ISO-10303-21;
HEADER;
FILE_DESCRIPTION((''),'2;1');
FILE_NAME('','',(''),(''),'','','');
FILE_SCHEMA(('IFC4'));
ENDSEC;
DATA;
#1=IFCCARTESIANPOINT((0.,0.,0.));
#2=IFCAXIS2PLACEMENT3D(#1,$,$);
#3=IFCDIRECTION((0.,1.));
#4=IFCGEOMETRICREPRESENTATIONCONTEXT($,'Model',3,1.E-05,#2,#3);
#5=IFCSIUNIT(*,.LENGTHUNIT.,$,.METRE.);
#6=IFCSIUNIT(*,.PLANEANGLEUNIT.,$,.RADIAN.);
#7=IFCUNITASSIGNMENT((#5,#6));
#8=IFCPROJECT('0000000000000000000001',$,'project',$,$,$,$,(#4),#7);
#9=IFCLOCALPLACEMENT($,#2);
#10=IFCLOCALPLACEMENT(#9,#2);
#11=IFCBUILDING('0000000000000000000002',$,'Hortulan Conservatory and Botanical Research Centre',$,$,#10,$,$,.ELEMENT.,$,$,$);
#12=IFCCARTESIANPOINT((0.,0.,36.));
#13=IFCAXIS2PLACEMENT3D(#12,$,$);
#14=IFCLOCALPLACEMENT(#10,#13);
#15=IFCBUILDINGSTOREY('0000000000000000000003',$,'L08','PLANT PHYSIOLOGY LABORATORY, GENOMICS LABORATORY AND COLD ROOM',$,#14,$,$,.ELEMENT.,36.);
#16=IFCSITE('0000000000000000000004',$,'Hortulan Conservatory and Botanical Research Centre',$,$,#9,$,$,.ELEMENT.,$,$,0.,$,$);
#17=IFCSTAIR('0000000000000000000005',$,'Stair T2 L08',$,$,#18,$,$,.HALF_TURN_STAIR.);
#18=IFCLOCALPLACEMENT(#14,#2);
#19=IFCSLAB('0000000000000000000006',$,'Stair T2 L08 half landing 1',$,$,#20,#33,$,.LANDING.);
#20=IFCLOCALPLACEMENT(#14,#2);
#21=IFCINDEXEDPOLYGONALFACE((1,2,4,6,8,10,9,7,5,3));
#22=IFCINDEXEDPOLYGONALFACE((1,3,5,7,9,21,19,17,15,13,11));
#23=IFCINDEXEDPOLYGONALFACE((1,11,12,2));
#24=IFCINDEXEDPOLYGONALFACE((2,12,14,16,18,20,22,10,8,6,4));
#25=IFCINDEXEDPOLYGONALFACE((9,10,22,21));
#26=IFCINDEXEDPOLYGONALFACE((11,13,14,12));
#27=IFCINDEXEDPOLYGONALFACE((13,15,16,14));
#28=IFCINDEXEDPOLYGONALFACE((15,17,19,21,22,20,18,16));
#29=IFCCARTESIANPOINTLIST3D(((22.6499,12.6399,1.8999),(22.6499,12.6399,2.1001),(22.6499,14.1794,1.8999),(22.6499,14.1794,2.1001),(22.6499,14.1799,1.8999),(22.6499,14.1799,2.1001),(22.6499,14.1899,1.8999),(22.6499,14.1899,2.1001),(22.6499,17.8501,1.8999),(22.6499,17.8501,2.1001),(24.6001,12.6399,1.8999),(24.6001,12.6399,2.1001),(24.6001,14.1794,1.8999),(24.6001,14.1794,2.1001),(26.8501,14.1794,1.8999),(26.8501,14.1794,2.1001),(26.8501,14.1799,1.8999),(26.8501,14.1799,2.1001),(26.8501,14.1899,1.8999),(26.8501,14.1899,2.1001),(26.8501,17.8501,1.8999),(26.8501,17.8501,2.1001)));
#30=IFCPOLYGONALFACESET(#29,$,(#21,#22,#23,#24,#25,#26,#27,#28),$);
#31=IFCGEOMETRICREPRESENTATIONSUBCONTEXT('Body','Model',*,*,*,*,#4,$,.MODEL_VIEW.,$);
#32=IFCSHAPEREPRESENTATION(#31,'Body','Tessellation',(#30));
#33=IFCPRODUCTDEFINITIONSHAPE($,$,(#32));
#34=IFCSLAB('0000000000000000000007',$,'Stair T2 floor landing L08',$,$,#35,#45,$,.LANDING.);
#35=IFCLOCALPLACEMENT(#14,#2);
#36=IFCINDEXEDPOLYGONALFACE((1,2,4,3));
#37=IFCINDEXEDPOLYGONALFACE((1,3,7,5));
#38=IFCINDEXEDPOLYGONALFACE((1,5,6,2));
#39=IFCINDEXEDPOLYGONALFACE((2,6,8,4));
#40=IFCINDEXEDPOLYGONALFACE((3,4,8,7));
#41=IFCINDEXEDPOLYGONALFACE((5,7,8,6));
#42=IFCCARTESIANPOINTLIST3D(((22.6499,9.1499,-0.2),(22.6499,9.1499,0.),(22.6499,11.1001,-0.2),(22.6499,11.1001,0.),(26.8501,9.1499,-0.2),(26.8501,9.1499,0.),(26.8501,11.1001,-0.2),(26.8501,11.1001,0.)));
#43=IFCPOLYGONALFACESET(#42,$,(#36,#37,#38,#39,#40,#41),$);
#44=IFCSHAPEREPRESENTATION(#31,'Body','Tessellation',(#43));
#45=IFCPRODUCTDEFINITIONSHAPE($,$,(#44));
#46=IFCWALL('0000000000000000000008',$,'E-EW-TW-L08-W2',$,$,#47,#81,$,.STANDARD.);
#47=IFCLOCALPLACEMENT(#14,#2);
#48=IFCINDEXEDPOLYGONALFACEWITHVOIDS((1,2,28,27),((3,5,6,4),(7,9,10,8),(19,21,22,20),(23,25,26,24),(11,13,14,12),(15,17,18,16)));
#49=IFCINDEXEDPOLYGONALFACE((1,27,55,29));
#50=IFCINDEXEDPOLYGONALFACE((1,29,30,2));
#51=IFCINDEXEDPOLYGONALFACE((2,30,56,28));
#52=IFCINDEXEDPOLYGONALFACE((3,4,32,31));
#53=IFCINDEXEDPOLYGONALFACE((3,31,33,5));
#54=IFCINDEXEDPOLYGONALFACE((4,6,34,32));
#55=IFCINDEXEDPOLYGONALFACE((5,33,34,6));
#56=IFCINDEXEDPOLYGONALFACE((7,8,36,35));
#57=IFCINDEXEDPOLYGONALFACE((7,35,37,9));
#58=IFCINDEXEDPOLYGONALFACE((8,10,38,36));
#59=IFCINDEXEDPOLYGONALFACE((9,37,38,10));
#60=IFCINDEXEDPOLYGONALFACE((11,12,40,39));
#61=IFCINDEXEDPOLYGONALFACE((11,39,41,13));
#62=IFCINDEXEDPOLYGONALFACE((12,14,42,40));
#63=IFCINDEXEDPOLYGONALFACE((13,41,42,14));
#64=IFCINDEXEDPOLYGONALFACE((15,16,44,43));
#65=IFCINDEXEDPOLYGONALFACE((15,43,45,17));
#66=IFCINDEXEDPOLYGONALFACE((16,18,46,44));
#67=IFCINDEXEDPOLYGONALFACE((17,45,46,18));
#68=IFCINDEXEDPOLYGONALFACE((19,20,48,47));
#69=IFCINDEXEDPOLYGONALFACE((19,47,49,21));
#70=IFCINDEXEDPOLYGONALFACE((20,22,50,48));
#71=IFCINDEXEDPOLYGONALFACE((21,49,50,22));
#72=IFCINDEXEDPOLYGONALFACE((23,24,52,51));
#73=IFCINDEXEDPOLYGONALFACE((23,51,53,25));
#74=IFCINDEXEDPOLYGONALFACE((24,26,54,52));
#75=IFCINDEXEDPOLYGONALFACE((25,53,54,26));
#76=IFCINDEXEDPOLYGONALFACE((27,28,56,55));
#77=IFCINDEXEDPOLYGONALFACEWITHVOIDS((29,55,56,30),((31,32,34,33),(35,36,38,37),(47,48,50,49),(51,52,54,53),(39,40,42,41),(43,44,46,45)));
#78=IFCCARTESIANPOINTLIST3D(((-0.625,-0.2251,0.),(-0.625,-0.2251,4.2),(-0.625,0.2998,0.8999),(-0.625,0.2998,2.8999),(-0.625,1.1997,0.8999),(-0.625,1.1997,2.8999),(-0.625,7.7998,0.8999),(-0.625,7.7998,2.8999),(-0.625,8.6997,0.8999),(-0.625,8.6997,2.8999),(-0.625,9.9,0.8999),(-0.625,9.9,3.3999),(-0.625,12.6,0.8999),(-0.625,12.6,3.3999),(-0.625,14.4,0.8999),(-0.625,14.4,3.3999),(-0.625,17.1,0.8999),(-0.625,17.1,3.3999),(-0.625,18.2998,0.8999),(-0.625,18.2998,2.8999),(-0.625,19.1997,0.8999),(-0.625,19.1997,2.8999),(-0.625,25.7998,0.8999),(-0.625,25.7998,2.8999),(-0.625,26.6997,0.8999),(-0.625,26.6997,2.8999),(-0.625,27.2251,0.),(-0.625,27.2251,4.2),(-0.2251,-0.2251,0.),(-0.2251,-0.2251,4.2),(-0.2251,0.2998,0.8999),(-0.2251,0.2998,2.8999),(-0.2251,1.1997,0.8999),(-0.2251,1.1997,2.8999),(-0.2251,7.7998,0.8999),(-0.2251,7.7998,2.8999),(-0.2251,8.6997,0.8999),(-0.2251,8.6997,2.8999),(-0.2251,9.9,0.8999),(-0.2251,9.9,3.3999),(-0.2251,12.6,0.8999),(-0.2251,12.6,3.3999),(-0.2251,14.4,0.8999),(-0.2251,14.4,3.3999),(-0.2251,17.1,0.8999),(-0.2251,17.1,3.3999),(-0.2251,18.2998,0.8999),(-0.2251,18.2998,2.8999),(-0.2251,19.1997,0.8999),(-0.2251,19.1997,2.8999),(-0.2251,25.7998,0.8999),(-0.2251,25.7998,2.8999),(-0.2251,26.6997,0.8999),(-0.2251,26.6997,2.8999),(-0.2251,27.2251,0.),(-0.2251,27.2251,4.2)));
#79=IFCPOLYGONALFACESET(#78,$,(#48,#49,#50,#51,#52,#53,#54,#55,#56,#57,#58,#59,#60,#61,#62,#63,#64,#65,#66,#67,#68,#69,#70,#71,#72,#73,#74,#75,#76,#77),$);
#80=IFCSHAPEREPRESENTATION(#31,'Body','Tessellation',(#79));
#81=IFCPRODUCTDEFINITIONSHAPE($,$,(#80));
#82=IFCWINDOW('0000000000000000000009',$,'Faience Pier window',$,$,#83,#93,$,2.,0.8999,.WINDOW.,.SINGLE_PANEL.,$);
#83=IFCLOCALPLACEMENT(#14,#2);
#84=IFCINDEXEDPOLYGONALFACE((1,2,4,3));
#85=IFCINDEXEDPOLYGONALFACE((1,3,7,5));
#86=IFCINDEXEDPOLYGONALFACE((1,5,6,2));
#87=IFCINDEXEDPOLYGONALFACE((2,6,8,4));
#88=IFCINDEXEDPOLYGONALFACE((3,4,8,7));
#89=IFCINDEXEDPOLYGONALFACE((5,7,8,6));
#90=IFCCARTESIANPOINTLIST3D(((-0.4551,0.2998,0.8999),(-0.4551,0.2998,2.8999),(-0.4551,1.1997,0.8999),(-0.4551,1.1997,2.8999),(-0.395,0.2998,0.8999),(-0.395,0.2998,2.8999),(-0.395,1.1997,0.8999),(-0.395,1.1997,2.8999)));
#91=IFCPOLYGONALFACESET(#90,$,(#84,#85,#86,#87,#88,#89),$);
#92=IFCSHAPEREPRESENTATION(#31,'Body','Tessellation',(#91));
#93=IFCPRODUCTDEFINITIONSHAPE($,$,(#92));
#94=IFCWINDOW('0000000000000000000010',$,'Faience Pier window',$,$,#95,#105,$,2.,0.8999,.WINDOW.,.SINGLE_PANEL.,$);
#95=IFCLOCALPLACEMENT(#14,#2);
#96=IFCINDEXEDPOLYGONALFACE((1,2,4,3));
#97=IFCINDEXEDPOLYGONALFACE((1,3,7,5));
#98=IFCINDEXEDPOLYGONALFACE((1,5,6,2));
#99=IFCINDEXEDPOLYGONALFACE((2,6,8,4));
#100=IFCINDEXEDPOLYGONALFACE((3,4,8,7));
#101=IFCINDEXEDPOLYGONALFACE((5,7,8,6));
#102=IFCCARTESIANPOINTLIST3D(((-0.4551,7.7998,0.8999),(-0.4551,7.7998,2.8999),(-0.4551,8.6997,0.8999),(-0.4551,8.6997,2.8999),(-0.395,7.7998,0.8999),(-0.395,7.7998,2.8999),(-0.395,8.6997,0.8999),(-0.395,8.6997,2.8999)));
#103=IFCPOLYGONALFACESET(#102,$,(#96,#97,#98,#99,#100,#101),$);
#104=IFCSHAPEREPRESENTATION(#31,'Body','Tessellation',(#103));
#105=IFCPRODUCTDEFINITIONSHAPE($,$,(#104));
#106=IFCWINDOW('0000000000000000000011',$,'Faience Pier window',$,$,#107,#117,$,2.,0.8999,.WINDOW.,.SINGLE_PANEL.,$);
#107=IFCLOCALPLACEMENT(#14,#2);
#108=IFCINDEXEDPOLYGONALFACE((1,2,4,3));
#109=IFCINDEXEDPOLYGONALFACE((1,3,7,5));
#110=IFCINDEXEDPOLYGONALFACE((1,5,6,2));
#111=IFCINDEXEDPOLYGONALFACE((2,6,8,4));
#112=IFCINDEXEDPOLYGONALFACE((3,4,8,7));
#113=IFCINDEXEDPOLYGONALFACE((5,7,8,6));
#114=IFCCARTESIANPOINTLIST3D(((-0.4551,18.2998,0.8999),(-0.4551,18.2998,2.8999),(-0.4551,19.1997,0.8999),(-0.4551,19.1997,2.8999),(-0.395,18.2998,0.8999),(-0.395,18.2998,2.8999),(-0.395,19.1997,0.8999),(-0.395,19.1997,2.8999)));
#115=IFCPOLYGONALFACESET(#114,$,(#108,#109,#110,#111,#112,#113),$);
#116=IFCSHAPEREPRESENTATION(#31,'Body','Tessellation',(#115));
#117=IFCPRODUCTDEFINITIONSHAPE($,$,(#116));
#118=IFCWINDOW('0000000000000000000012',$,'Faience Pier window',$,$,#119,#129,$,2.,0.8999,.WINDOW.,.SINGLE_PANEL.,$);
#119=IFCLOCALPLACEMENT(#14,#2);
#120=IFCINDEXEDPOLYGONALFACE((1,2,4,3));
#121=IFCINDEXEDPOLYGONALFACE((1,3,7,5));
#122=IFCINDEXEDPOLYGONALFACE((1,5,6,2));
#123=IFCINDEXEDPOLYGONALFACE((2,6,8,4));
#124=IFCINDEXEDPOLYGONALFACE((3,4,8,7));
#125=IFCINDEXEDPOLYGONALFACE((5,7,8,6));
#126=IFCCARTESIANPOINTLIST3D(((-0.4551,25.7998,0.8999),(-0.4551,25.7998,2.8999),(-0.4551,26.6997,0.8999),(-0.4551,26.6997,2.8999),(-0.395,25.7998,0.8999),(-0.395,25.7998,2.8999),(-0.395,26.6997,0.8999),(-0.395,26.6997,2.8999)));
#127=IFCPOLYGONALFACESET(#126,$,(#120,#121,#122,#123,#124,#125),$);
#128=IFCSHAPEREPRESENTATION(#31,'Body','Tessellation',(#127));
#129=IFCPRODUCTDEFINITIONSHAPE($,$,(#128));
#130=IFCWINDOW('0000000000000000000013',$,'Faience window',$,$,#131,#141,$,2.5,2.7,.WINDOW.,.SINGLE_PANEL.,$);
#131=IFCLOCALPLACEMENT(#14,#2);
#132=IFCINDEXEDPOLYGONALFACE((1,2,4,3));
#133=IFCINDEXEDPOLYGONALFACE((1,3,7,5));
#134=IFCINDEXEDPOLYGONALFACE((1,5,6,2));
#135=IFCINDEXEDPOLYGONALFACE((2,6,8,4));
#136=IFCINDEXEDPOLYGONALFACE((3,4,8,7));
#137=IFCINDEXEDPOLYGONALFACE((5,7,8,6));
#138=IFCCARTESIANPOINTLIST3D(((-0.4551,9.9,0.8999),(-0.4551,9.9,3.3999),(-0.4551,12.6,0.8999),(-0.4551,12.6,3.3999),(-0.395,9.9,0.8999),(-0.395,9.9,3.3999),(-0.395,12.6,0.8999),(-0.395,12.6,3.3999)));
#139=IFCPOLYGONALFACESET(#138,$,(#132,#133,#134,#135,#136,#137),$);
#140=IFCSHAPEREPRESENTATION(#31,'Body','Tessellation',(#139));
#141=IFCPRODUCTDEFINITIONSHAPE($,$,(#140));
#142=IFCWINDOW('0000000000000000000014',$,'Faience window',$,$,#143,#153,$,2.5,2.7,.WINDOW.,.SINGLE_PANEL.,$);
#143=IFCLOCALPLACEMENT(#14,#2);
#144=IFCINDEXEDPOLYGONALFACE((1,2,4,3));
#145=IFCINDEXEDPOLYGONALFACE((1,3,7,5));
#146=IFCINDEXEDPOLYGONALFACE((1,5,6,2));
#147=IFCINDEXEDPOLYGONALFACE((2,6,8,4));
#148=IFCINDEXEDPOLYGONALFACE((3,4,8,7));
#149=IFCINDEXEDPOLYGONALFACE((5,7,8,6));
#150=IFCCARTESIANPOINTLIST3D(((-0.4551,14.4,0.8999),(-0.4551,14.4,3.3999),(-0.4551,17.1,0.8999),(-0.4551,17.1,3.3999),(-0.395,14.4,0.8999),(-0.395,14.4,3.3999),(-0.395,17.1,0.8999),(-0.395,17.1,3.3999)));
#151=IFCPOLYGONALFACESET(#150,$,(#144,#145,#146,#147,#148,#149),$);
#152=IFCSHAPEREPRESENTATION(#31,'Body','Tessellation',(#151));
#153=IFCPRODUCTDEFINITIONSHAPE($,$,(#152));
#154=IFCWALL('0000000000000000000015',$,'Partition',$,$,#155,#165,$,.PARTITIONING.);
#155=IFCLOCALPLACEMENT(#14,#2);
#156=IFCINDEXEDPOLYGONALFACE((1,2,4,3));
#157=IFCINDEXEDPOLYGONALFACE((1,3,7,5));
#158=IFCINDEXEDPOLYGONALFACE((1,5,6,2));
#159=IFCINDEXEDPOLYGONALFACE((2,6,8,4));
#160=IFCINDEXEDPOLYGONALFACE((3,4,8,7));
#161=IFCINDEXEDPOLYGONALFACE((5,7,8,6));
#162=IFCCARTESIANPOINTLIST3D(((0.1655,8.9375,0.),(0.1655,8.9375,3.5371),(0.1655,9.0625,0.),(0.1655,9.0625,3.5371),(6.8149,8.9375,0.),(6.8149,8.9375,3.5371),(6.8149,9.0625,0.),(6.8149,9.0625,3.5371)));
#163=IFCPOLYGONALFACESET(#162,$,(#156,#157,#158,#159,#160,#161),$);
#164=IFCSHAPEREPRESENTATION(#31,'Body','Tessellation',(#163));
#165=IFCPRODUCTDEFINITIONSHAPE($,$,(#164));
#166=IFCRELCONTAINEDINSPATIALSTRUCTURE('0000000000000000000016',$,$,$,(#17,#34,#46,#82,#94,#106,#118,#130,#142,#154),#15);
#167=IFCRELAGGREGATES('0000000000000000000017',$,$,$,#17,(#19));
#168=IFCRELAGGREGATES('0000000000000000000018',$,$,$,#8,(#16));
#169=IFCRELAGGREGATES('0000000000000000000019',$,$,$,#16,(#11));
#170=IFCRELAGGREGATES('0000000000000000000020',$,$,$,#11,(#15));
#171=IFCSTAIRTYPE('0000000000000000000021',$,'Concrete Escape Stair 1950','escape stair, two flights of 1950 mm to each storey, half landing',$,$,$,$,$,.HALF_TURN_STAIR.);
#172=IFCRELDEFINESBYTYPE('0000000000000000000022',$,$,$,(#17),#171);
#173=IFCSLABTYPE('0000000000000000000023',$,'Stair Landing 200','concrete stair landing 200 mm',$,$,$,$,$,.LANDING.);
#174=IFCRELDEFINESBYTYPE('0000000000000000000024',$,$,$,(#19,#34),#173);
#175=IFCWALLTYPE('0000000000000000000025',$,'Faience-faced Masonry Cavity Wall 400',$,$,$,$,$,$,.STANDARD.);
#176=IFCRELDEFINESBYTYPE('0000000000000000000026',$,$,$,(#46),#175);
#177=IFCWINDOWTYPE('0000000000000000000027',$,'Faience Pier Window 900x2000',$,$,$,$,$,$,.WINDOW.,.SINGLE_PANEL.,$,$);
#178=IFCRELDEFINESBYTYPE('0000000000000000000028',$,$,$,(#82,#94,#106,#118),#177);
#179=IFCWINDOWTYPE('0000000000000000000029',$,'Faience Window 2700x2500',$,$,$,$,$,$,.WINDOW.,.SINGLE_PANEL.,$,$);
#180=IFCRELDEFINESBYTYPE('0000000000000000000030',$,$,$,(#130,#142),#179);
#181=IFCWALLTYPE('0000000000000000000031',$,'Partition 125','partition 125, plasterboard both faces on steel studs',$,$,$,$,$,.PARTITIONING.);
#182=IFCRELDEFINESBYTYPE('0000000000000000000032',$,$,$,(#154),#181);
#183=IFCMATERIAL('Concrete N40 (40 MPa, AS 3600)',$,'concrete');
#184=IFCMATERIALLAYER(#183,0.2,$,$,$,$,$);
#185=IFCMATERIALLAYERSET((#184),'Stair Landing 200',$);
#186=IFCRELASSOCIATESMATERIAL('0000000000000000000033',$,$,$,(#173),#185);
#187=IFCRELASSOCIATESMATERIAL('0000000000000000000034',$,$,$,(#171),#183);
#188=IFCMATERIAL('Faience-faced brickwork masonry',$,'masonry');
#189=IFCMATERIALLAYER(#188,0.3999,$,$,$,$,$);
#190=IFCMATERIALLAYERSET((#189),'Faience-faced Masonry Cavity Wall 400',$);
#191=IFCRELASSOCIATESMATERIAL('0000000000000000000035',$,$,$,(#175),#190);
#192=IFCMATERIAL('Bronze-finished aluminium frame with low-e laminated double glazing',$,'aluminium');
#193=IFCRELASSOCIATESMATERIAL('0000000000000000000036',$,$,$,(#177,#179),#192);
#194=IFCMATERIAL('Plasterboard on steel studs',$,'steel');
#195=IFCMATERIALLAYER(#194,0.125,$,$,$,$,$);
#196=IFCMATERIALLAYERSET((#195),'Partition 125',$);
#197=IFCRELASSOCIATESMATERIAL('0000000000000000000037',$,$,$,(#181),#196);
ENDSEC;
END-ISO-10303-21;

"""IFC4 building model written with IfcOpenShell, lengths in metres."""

from ifc_helpers import new_model, si_unit, direction, frame, frame_2d, origin, place, context, subcontext, project, spatial, polyline, rectangle, outline, extrude, material, layer, layer_set, type_object, element, fill, aggregate, save


model = new_model("IFC4")

# Units and contexts
model_context = context("Model", 3, precision=1e-05, world=origin(), true_north=direction((0.0, 1.0)))
body_context = subcontext(model_context, "Body", "Model", "MODEL_VIEW")
ifc_project = project(units=[si_unit("LENGTHUNIT", "METRE"), si_unit("PLANEANGLEUNIT", "RADIAN")], contexts=[model_context])

# Site, building, storey
site_placement = place(None, origin())
site = spatial("IfcSite", under=ifc_project, at=site_placement, Name="Hortulan Conservatory and Botanical Research Centre", CompositionType="ELEMENT", RefElevation=0.0)
building_placement = place(site_placement, origin())
building = spatial("IfcBuilding", under=site, at=building_placement, Name="Hortulan Conservatory and Botanical Research Centre", CompositionType="ELEMENT")
storey_placement = place(building_placement, frame((0.0, 0.0, 36.0)))
storey = spatial("IfcBuildingStorey", under=building, at=storey_placement, Name="L08", Description="PLANT PHYSIOLOGY LABORATORY, GENOMICS LABORATORY AND COLD ROOM", CompositionType="ELEMENT", Elevation=36.0)

# Shared definitions
ifc_material_1 = material(Name="Concrete N40 (40 MPa, AS 3600)", Category="concrete")
ifc_layer_1 = layer(ifc_material_1, 0.2)
ifc_layer_set_1 = layer_set([ifc_layer_1], Name="Stair Landing 200")
slab_type_1 = type_object("IfcSlabType", Name="Stair Landing 200", Description="concrete stair landing 200 mm", PredefinedType="LANDING", material=ifc_layer_set_1)

# Stair, slab
stair_type_1 = type_object("IfcStairType", Name="Concrete Escape Stair 1950", Description="escape stair, two flights of 1950 mm to each storey, half landing", PredefinedType="HALF_TURN_STAIR", material=ifc_material_1)
stair_1_placement = place(storey_placement, origin())
stair_1 = element("IfcStair", 1, at=stair_1_placement, inside=storey, type_object=stair_type_1, Name="Stair T2 L08", PredefinedType="HALF_TURN_STAIR")
slab_1_placement = place(storey_placement, frame((0.0, 0.0, 1.8999)))
slab_1 = element("IfcSlab", 2, at=slab_1_placement, type_object=slab_type_1, Name="Stair T2 L08 half landing 1", PredefinedType="LANDING", context=body_context, shape_type="SweptSolid", body=[
    extrude(outline(polyline([(26.8501, 14.1794), (24.6001, 14.1794), (24.6001, 12.6399), (22.6499, 12.6399), (22.6499, 14.1794), (22.6499, 14.1799), (22.6499, 14.1899), (22.6499, 17.8501), (26.8501, 17.8501), (26.8501, 14.1899), (26.8501, 14.1799), (26.8501, 14.1794)])), origin(), (0.0, 0.0, 1.0), 0.2002),
])
aggregate(stair_1, [slab_1])

# Slab
slab_2_placement = place(storey_placement, frame((0.0, 0.0, -0.2)))
element("IfcSlab", 3, at=slab_2_placement, inside=storey, type_object=slab_type_1, Name="Stair T2 floor landing L08", PredefinedType="LANDING", context=body_context, shape_type="SweptSolid", body=[
    extrude(outline(polyline([(26.8501, 9.1499), (22.6499, 9.1499), (22.6499, 11.1001), (26.8501, 11.1001), (26.8501, 9.1499)])), origin(), (0.0, 0.0, 1.0), 0.2),
])

# Wall, openings, windows
ifc_material_2 = material(Name="Faience-faced brickwork masonry", Category="masonry")
ifc_layer_2 = layer(ifc_material_2, 0.3999)
ifc_layer_set_2 = layer_set([ifc_layer_2], Name="Faience-faced Masonry Cavity Wall 400")
wall_type_1 = type_object("IfcWallType", Name="Faience-faced Masonry Cavity Wall 400", PredefinedType="STANDARD", material=ifc_layer_set_2)
wall_1_placement = place(storey_placement, frame((-0.425, -0.2251, 0.0), z_axis=(0.0, 0.0, 1.0), x_axis=(0.0, 1.0, 0.0)))
wall_1 = element("IfcWall", 4, at=wall_1_placement, inside=storey, type_object=wall_type_1, Name="E-EW-TW-L08-W2", PredefinedType="STANDARD", context=body_context, shape_type="SweptSolid", body=[
    extrude(rectangle(XDim=27.4502, YDim=0.3999, at=frame_2d((13.7251, 0.0))), origin(), (0.0, 0.0, 1.0), 4.2),
])
opening_1_placement = place(wall_1_placement, frame((0.5249, 0.0, 0.8999)))
opening_1 = element("IfcOpeningElement", 5, at=opening_1_placement, cuts=wall_1, PredefinedType="OPENING", context=body_context, shape_type="SweptSolid", body=[
    extrude(rectangle(XDim=0.8999, YDim=2.0, at=frame_2d((0.45, 1.0))), frame((0.0, 0.21, 0.0), z_axis=(0.0, -1.0, 0.0), x_axis=(1.0, 0.0, 0.0)), (0.0, 0.0, 1.0), 0.4199),
])
opening_2_placement = place(wall_1_placement, frame((8.0249, 0.0, 0.8999)))
opening_2 = element("IfcOpeningElement", 6, at=opening_2_placement, cuts=wall_1, PredefinedType="OPENING", context=body_context, shape_type="SweptSolid", body=[
    extrude(rectangle(XDim=0.8999, YDim=2.0, at=frame_2d((0.45, 1.0))), frame((0.0, 0.21, 0.0), z_axis=(0.0, -1.0, 0.0), x_axis=(1.0, 0.0, 0.0)), (0.0, 0.0, 1.0), 0.4199),
])
opening_3_placement = place(wall_1_placement, frame((10.125, 0.0, 0.8999)))
opening_3 = element("IfcOpeningElement", 7, at=opening_3_placement, cuts=wall_1, PredefinedType="OPENING", context=body_context, shape_type="SweptSolid", body=[
    extrude(rectangle(XDim=2.7, YDim=2.5, at=frame_2d((1.3501, 1.25))), frame((0.0, 0.21, 0.0), z_axis=(0.0, -1.0, 0.0), x_axis=(1.0, 0.0, 0.0)), (0.0, 0.0, 1.0), 0.4199),
])
opening_4_placement = place(wall_1_placement, frame((14.625, 0.0, 0.8999)))
opening_4 = element("IfcOpeningElement", 8, at=opening_4_placement, cuts=wall_1, PredefinedType="OPENING", context=body_context, shape_type="SweptSolid", body=[
    extrude(rectangle(XDim=2.7, YDim=2.5, at=frame_2d((1.3501, 1.25))), frame((0.0, 0.21, 0.0), z_axis=(0.0, -1.0, 0.0), x_axis=(1.0, 0.0, 0.0)), (0.0, 0.0, 1.0), 0.4199),
])
opening_5_placement = place(wall_1_placement, frame((18.5249, 0.0, 0.8999)))
opening_5 = element("IfcOpeningElement", 9, at=opening_5_placement, cuts=wall_1, PredefinedType="OPENING", context=body_context, shape_type="SweptSolid", body=[
    extrude(rectangle(XDim=0.8999, YDim=2.0, at=frame_2d((0.45, 1.0))), frame((0.0, 0.21, 0.0), z_axis=(0.0, -1.0, 0.0), x_axis=(1.0, 0.0, 0.0)), (0.0, 0.0, 1.0), 0.4199),
])
opening_6_placement = place(wall_1_placement, frame((26.0249, 0.0, 0.8999)))
opening_6 = element("IfcOpeningElement", 10, at=opening_6_placement, cuts=wall_1, PredefinedType="OPENING", context=body_context, shape_type="SweptSolid", body=[
    extrude(rectangle(XDim=0.8999, YDim=2.0, at=frame_2d((0.45, 1.0))), frame((0.0, 0.21, 0.0), z_axis=(0.0, -1.0, 0.0), x_axis=(1.0, 0.0, 0.0)), (0.0, 0.0, 1.0), 0.4199),
])
ifc_material_3 = material(Name="Bronze-finished aluminium frame with low-e laminated double glazing", Category="aluminium")
window_type_1 = type_object("IfcWindowType", Name="Faience Pier Window 900x2000", PartitioningType="SINGLE_PANEL", PredefinedType="WINDOW", material=ifc_material_3)
window_1_placement = place(opening_1_placement, origin())
window_1 = element("IfcWindow", 11, at=window_1_placement, inside=storey, type_object=window_type_1, Name="Faience Pier window", OverallHeight=2.0, OverallWidth=0.8999, PartitioningType="SINGLE_PANEL", PredefinedType="WINDOW", context=body_context, shape_type="SweptSolid", body=[
    extrude(rectangle(XDim=0.8999, YDim=2.0, at=frame_2d((0.45, 1.0))), frame((0.0, 0.03, 0.0), z_axis=(0.0, -1.0, 0.0), x_axis=(1.0, 0.0, 0.0)), (0.0, 0.0, 1.0), 0.0601),
])
fill(opening_1, window_1)
window_2_placement = place(opening_2_placement, origin())
window_2 = element("IfcWindow", 12, at=window_2_placement, inside=storey, type_object=window_type_1, Name="Faience Pier window", OverallHeight=2.0, OverallWidth=0.8999, PartitioningType="SINGLE_PANEL", PredefinedType="WINDOW", context=body_context, shape_type="SweptSolid", body=[
    extrude(rectangle(XDim=0.8999, YDim=2.0, at=frame_2d((0.45, 1.0))), frame((0.0, 0.03, 0.0), z_axis=(0.0, -1.0, 0.0), x_axis=(1.0, 0.0, 0.0)), (0.0, 0.0, 1.0), 0.0601),
])
fill(opening_2, window_2)
window_3_placement = place(opening_5_placement, origin())
window_3 = element("IfcWindow", 13, at=window_3_placement, inside=storey, type_object=window_type_1, Name="Faience Pier window", OverallHeight=2.0, OverallWidth=0.8999, PartitioningType="SINGLE_PANEL", PredefinedType="WINDOW", context=body_context, shape_type="SweptSolid", body=[
    extrude(rectangle(XDim=0.8999, YDim=2.0, at=frame_2d((0.45, 1.0))), frame((0.0, 0.03, 0.0), z_axis=(0.0, -1.0, 0.0), x_axis=(1.0, 0.0, 0.0)), (0.0, 0.0, 1.0), 0.0601),
])
fill(opening_5, window_3)
window_4_placement = place(opening_6_placement, origin())
window_4 = element("IfcWindow", 14, at=window_4_placement, inside=storey, type_object=window_type_1, Name="Faience Pier window", OverallHeight=2.0, OverallWidth=0.8999, PartitioningType="SINGLE_PANEL", PredefinedType="WINDOW", context=body_context, shape_type="SweptSolid", body=[
    extrude(rectangle(XDim=0.8999, YDim=2.0, at=frame_2d((0.45, 1.0))), frame((0.0, 0.03, 0.0), z_axis=(0.0, -1.0, 0.0), x_axis=(1.0, 0.0, 0.0)), (0.0, 0.0, 1.0), 0.0601),
])
fill(opening_6, window_4)
window_type_2 = type_object("IfcWindowType", Name="Faience Window 2700x2500", PartitioningType="SINGLE_PANEL", PredefinedType="WINDOW", material=ifc_material_3)
window_5_placement = place(opening_3_placement, origin())
window_5 = element("IfcWindow", 15, at=window_5_placement, inside=storey, type_object=window_type_2, Name="Faience window", OverallHeight=2.5, OverallWidth=2.7, PartitioningType="SINGLE_PANEL", PredefinedType="WINDOW", context=body_context, shape_type="SweptSolid", body=[
    extrude(rectangle(XDim=2.7, YDim=2.5, at=frame_2d((1.3501, 1.25))), frame((0.0, 0.03, 0.0), z_axis=(0.0, -1.0, 0.0), x_axis=(1.0, 0.0, 0.0)), (0.0, 0.0, 1.0), 0.0601),
])
fill(opening_3, window_5)
window_6_placement = place(opening_4_placement, origin())
window_6 = element("IfcWindow", 16, at=window_6_placement, inside=storey, type_object=window_type_2, Name="Faience window", OverallHeight=2.5, OverallWidth=2.7, PartitioningType="SINGLE_PANEL", PredefinedType="WINDOW", context=body_context, shape_type="SweptSolid", body=[
    extrude(rectangle(XDim=2.7, YDim=2.5, at=frame_2d((1.3501, 1.25))), frame((0.0, 0.03, 0.0), z_axis=(0.0, -1.0, 0.0), x_axis=(1.0, 0.0, 0.0)), (0.0, 0.0, 1.0), 0.0601),
])
fill(opening_4, window_6)

# Wall
ifc_material_4 = material(Name="Plasterboard on steel studs", Category="steel")
ifc_layer_3 = layer(ifc_material_4, 0.125)
ifc_layer_set_3 = layer_set([ifc_layer_3], Name="Partition 125")
wall_type_2 = type_object("IfcWallType", Name="Partition 125", Description="partition 125, plasterboard both faces on steel studs", PredefinedType="PARTITIONING", material=ifc_layer_set_3)
wall_2_placement = place(storey_placement, frame((0.1655, 9.0, 0.0), z_axis=(0.0, 0.0, 1.0), x_axis=(1.0, 0.0, 0.0)))
element("IfcWall", 17, at=wall_2_placement, inside=storey, type_object=wall_type_2, Name="Partition", PredefinedType="PARTITIONING", context=body_context, shape_type="SweptSolid", body=[
    extrude(rectangle(XDim=6.6494, YDim=0.125, at=frame_2d((3.3247, 0.0))), origin(), (0.0, 0.0, 1.0), 3.5371),
])

save(model, "model.ifc")
